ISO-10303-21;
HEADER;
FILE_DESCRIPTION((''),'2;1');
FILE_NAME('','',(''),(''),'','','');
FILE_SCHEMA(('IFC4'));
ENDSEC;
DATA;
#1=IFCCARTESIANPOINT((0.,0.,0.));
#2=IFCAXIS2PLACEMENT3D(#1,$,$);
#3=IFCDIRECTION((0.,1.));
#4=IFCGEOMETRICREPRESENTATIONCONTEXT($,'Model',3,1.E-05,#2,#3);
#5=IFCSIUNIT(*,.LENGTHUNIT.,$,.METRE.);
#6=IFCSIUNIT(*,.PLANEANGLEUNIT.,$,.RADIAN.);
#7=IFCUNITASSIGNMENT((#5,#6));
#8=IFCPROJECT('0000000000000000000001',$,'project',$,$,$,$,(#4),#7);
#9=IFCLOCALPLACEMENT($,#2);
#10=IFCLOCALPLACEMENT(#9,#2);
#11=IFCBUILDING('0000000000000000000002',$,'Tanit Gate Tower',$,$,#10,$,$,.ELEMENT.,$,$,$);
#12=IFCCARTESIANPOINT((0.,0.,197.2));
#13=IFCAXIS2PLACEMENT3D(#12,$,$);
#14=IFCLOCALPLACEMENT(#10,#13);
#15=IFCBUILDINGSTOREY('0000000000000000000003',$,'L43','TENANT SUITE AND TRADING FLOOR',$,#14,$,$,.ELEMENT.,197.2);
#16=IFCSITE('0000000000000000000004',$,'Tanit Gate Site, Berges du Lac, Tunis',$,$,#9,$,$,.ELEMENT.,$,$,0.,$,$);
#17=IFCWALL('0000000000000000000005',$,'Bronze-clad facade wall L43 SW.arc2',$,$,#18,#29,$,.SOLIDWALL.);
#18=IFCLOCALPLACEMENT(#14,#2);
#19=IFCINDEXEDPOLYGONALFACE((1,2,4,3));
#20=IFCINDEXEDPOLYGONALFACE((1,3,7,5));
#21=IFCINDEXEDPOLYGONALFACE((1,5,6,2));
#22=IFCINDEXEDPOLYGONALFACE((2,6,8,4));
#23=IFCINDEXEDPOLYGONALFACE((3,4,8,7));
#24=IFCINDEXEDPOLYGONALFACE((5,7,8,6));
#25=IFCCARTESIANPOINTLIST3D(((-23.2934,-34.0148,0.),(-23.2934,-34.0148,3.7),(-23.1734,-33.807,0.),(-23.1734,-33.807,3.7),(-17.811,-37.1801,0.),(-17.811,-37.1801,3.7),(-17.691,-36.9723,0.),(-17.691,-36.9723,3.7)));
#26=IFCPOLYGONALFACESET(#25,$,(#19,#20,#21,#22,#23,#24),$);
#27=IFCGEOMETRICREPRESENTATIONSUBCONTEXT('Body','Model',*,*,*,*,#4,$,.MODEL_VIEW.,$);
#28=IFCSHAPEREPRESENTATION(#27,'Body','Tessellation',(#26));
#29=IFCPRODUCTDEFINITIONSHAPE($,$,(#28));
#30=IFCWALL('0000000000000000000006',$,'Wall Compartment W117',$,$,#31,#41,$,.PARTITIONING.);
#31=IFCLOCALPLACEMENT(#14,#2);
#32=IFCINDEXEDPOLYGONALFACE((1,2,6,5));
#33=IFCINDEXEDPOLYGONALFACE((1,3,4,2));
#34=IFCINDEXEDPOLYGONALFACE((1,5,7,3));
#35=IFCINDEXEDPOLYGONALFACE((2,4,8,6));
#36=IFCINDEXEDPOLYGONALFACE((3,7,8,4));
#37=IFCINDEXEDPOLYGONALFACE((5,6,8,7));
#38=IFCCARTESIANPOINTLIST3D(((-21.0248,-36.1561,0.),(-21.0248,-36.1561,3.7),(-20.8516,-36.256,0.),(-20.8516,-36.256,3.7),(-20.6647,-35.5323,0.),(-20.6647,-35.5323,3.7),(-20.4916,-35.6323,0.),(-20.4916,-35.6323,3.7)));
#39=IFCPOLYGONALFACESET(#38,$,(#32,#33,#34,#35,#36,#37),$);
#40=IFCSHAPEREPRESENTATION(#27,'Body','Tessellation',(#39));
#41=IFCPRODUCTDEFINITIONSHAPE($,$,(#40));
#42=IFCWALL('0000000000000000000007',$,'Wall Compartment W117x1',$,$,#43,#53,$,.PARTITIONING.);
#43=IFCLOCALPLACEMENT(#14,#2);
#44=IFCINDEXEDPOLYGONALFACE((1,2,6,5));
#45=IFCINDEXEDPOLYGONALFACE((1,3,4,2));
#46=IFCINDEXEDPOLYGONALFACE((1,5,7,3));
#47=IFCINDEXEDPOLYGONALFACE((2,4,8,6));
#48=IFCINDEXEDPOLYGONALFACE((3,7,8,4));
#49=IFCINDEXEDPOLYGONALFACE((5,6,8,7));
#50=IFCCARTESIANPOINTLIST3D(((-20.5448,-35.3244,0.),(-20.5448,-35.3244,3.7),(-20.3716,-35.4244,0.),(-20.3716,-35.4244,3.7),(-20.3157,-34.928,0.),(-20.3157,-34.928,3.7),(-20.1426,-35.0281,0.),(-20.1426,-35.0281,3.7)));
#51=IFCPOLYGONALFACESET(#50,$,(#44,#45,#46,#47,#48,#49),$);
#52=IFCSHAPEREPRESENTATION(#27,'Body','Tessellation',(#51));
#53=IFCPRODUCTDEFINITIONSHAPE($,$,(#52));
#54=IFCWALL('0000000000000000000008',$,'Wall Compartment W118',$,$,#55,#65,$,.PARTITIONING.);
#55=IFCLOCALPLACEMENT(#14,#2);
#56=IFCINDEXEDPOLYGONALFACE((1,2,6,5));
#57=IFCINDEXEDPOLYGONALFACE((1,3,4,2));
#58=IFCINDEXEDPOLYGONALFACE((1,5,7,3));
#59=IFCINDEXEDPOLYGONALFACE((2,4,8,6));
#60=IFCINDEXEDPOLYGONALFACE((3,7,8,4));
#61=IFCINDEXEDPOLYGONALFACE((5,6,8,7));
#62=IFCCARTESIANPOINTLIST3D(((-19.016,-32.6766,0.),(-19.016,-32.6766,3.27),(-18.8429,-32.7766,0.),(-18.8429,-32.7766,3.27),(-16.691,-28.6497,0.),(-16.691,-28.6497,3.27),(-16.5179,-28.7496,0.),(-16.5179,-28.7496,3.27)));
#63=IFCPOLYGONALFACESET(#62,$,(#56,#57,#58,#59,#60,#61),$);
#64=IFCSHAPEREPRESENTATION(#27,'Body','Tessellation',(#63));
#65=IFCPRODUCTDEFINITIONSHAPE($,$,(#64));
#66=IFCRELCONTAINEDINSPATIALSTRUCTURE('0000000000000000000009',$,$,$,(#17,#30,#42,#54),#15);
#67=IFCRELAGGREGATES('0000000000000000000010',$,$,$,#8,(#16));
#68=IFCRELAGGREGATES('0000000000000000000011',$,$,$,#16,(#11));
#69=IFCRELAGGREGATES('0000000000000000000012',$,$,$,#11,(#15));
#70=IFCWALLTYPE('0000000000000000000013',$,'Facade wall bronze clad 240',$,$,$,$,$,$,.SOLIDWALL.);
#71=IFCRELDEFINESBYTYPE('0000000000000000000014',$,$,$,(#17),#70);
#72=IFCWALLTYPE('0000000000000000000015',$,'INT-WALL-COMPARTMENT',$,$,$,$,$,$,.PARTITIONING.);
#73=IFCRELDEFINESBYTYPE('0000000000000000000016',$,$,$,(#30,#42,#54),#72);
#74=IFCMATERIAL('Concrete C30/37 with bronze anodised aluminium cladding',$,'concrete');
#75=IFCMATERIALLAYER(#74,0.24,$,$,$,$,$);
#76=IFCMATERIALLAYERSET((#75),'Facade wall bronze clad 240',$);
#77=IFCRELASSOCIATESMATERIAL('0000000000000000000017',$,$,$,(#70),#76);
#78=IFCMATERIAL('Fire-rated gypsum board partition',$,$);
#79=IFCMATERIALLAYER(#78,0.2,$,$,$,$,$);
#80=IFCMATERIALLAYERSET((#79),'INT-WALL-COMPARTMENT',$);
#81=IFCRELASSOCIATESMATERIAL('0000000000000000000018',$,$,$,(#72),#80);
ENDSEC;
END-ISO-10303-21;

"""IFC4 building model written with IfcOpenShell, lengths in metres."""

from ifc_helpers import new_model, si_unit, direction, frame, frame_2d, origin, place, context, subcontext, project, spatial, rectangle, extrude, material, layer, layer_set, type_object, element, save


model = new_model("IFC4")

# Units and contexts
model_context = context("Model", 3, precision=1e-05, world=origin(), true_north=direction((0.0, 1.0)))
body_context = subcontext(model_context, "Body", "Model", "MODEL_VIEW")
ifc_project = project(units=[si_unit("LENGTHUNIT", "METRE"), si_unit("PLANEANGLEUNIT", "RADIAN")], contexts=[model_context])

# Site, building, storey
site_placement = place(None, origin())
site = spatial("IfcSite", under=ifc_project, at=site_placement, Name="Tanit Gate Site, Berges du Lac, Tunis", CompositionType="ELEMENT", RefElevation=0.0)
building_placement = place(site_placement, origin())
building = spatial("IfcBuilding", under=site, at=building_placement, Name="Tanit Gate Tower", CompositionType="ELEMENT")
storey_placement = place(building_placement, frame((0.0, 0.0, 197.2)))
storey = spatial("IfcBuildingStorey", under=building, at=storey_placement, Name="L43", Description="TENANT SUITE AND TRADING FLOOR", CompositionType="ELEMENT", Elevation=197.2)

# Walls
ifc_material_1 = material(Name="Concrete C30/37 with bronze anodised aluminium cladding", Category="concrete")
ifc_layer_1 = layer(ifc_material_1, 0.24)
ifc_layer_set_1 = layer_set([ifc_layer_1], Name="Facade wall bronze clad 240")
wall_type_1 = type_object("IfcWallType", Name="Facade wall bronze clad 240", PredefinedType="SOLIDWALL", material=ifc_layer_set_1)
wall_1_placement = place(storey_placement, frame((-23.2334, -33.9109, 0.0), z_axis=(0.0, 0.0, 1.0), x_axis=(0.866025, -0.500001, 0.0)))
element("IfcWall", 1, at=wall_1_placement, inside=storey, type_object=wall_type_1, Name="Bronze-clad facade wall L43 SW.arc2", PredefinedType="SOLIDWALL", context=body_context, shape_type="SweptSolid", body=[
    extrude(rectangle(XDim=6.3306, YDim=0.24, at=frame_2d((3.1653, 0.0))), origin(), (0.0, 0.0, 1.0), 3.7),
])
ifc_material_2 = material(Name="Fire-rated gypsum board partition")
ifc_layer_2 = layer(ifc_material_2, 0.2)
ifc_layer_set_2 = layer_set([ifc_layer_2], Name="INT-WALL-COMPARTMENT")
wall_type_2 = type_object("IfcWallType", Name="INT-WALL-COMPARTMENT", PredefinedType="PARTITIONING", material=ifc_layer_set_2)
wall_2_placement = place(storey_placement, frame((-20.9382, -36.2061, 0.0), z_axis=(0.0, 0.0, 1.0), x_axis=(0.499967, 0.866044, 0.0)))
element("IfcWall", 2, at=wall_2_placement, inside=storey, type_object=wall_type_2, Name="Wall Compartment W117", PredefinedType="PARTITIONING", context=body_context, shape_type="SweptSolid", body=[
    extrude(rectangle(XDim=0.7202, YDim=0.2, at=frame_2d((0.3601, 0.0))), origin(), (0.0, 0.0, 1.0), 3.7),
])
wall_3_placement = place(storey_placement, frame((-20.4583, -35.3745, 0.0), z_axis=(0.0, 0.0, 1.0), x_axis=(0.500384, 0.865803, 0.0)))
element("IfcWall", 3, at=wall_3_placement, inside=storey, type_object=wall_type_2, Name="Wall Compartment W117x1", PredefinedType="PARTITIONING", context=body_context, shape_type="SweptSolid", body=[
    extrude(rectangle(XDim=0.4578, YDim=0.2, at=frame_2d((0.229, 0.0))), origin(), (0.0, 0.0, 1.0), 3.7),
])
wall_4_placement = place(storey_placement, frame((-18.9294, -32.7266, 0.0), z_axis=(0.0, 0.0, 1.0), x_axis=(0.500007, 0.866021, 0.0)))
element("IfcWall", 4, at=wall_4_placement, inside=storey, type_object=wall_type_2, Name="Wall Compartment W118", PredefinedType="PARTITIONING", context=body_context, shape_type="SweptSolid", body=[
    extrude(rectangle(XDim=4.6499, YDim=0.2, at=frame_2d((2.325, 0.0))), origin(), (0.0, 0.0, 1.0), 3.27),
])

save(model, "model.ifc")
